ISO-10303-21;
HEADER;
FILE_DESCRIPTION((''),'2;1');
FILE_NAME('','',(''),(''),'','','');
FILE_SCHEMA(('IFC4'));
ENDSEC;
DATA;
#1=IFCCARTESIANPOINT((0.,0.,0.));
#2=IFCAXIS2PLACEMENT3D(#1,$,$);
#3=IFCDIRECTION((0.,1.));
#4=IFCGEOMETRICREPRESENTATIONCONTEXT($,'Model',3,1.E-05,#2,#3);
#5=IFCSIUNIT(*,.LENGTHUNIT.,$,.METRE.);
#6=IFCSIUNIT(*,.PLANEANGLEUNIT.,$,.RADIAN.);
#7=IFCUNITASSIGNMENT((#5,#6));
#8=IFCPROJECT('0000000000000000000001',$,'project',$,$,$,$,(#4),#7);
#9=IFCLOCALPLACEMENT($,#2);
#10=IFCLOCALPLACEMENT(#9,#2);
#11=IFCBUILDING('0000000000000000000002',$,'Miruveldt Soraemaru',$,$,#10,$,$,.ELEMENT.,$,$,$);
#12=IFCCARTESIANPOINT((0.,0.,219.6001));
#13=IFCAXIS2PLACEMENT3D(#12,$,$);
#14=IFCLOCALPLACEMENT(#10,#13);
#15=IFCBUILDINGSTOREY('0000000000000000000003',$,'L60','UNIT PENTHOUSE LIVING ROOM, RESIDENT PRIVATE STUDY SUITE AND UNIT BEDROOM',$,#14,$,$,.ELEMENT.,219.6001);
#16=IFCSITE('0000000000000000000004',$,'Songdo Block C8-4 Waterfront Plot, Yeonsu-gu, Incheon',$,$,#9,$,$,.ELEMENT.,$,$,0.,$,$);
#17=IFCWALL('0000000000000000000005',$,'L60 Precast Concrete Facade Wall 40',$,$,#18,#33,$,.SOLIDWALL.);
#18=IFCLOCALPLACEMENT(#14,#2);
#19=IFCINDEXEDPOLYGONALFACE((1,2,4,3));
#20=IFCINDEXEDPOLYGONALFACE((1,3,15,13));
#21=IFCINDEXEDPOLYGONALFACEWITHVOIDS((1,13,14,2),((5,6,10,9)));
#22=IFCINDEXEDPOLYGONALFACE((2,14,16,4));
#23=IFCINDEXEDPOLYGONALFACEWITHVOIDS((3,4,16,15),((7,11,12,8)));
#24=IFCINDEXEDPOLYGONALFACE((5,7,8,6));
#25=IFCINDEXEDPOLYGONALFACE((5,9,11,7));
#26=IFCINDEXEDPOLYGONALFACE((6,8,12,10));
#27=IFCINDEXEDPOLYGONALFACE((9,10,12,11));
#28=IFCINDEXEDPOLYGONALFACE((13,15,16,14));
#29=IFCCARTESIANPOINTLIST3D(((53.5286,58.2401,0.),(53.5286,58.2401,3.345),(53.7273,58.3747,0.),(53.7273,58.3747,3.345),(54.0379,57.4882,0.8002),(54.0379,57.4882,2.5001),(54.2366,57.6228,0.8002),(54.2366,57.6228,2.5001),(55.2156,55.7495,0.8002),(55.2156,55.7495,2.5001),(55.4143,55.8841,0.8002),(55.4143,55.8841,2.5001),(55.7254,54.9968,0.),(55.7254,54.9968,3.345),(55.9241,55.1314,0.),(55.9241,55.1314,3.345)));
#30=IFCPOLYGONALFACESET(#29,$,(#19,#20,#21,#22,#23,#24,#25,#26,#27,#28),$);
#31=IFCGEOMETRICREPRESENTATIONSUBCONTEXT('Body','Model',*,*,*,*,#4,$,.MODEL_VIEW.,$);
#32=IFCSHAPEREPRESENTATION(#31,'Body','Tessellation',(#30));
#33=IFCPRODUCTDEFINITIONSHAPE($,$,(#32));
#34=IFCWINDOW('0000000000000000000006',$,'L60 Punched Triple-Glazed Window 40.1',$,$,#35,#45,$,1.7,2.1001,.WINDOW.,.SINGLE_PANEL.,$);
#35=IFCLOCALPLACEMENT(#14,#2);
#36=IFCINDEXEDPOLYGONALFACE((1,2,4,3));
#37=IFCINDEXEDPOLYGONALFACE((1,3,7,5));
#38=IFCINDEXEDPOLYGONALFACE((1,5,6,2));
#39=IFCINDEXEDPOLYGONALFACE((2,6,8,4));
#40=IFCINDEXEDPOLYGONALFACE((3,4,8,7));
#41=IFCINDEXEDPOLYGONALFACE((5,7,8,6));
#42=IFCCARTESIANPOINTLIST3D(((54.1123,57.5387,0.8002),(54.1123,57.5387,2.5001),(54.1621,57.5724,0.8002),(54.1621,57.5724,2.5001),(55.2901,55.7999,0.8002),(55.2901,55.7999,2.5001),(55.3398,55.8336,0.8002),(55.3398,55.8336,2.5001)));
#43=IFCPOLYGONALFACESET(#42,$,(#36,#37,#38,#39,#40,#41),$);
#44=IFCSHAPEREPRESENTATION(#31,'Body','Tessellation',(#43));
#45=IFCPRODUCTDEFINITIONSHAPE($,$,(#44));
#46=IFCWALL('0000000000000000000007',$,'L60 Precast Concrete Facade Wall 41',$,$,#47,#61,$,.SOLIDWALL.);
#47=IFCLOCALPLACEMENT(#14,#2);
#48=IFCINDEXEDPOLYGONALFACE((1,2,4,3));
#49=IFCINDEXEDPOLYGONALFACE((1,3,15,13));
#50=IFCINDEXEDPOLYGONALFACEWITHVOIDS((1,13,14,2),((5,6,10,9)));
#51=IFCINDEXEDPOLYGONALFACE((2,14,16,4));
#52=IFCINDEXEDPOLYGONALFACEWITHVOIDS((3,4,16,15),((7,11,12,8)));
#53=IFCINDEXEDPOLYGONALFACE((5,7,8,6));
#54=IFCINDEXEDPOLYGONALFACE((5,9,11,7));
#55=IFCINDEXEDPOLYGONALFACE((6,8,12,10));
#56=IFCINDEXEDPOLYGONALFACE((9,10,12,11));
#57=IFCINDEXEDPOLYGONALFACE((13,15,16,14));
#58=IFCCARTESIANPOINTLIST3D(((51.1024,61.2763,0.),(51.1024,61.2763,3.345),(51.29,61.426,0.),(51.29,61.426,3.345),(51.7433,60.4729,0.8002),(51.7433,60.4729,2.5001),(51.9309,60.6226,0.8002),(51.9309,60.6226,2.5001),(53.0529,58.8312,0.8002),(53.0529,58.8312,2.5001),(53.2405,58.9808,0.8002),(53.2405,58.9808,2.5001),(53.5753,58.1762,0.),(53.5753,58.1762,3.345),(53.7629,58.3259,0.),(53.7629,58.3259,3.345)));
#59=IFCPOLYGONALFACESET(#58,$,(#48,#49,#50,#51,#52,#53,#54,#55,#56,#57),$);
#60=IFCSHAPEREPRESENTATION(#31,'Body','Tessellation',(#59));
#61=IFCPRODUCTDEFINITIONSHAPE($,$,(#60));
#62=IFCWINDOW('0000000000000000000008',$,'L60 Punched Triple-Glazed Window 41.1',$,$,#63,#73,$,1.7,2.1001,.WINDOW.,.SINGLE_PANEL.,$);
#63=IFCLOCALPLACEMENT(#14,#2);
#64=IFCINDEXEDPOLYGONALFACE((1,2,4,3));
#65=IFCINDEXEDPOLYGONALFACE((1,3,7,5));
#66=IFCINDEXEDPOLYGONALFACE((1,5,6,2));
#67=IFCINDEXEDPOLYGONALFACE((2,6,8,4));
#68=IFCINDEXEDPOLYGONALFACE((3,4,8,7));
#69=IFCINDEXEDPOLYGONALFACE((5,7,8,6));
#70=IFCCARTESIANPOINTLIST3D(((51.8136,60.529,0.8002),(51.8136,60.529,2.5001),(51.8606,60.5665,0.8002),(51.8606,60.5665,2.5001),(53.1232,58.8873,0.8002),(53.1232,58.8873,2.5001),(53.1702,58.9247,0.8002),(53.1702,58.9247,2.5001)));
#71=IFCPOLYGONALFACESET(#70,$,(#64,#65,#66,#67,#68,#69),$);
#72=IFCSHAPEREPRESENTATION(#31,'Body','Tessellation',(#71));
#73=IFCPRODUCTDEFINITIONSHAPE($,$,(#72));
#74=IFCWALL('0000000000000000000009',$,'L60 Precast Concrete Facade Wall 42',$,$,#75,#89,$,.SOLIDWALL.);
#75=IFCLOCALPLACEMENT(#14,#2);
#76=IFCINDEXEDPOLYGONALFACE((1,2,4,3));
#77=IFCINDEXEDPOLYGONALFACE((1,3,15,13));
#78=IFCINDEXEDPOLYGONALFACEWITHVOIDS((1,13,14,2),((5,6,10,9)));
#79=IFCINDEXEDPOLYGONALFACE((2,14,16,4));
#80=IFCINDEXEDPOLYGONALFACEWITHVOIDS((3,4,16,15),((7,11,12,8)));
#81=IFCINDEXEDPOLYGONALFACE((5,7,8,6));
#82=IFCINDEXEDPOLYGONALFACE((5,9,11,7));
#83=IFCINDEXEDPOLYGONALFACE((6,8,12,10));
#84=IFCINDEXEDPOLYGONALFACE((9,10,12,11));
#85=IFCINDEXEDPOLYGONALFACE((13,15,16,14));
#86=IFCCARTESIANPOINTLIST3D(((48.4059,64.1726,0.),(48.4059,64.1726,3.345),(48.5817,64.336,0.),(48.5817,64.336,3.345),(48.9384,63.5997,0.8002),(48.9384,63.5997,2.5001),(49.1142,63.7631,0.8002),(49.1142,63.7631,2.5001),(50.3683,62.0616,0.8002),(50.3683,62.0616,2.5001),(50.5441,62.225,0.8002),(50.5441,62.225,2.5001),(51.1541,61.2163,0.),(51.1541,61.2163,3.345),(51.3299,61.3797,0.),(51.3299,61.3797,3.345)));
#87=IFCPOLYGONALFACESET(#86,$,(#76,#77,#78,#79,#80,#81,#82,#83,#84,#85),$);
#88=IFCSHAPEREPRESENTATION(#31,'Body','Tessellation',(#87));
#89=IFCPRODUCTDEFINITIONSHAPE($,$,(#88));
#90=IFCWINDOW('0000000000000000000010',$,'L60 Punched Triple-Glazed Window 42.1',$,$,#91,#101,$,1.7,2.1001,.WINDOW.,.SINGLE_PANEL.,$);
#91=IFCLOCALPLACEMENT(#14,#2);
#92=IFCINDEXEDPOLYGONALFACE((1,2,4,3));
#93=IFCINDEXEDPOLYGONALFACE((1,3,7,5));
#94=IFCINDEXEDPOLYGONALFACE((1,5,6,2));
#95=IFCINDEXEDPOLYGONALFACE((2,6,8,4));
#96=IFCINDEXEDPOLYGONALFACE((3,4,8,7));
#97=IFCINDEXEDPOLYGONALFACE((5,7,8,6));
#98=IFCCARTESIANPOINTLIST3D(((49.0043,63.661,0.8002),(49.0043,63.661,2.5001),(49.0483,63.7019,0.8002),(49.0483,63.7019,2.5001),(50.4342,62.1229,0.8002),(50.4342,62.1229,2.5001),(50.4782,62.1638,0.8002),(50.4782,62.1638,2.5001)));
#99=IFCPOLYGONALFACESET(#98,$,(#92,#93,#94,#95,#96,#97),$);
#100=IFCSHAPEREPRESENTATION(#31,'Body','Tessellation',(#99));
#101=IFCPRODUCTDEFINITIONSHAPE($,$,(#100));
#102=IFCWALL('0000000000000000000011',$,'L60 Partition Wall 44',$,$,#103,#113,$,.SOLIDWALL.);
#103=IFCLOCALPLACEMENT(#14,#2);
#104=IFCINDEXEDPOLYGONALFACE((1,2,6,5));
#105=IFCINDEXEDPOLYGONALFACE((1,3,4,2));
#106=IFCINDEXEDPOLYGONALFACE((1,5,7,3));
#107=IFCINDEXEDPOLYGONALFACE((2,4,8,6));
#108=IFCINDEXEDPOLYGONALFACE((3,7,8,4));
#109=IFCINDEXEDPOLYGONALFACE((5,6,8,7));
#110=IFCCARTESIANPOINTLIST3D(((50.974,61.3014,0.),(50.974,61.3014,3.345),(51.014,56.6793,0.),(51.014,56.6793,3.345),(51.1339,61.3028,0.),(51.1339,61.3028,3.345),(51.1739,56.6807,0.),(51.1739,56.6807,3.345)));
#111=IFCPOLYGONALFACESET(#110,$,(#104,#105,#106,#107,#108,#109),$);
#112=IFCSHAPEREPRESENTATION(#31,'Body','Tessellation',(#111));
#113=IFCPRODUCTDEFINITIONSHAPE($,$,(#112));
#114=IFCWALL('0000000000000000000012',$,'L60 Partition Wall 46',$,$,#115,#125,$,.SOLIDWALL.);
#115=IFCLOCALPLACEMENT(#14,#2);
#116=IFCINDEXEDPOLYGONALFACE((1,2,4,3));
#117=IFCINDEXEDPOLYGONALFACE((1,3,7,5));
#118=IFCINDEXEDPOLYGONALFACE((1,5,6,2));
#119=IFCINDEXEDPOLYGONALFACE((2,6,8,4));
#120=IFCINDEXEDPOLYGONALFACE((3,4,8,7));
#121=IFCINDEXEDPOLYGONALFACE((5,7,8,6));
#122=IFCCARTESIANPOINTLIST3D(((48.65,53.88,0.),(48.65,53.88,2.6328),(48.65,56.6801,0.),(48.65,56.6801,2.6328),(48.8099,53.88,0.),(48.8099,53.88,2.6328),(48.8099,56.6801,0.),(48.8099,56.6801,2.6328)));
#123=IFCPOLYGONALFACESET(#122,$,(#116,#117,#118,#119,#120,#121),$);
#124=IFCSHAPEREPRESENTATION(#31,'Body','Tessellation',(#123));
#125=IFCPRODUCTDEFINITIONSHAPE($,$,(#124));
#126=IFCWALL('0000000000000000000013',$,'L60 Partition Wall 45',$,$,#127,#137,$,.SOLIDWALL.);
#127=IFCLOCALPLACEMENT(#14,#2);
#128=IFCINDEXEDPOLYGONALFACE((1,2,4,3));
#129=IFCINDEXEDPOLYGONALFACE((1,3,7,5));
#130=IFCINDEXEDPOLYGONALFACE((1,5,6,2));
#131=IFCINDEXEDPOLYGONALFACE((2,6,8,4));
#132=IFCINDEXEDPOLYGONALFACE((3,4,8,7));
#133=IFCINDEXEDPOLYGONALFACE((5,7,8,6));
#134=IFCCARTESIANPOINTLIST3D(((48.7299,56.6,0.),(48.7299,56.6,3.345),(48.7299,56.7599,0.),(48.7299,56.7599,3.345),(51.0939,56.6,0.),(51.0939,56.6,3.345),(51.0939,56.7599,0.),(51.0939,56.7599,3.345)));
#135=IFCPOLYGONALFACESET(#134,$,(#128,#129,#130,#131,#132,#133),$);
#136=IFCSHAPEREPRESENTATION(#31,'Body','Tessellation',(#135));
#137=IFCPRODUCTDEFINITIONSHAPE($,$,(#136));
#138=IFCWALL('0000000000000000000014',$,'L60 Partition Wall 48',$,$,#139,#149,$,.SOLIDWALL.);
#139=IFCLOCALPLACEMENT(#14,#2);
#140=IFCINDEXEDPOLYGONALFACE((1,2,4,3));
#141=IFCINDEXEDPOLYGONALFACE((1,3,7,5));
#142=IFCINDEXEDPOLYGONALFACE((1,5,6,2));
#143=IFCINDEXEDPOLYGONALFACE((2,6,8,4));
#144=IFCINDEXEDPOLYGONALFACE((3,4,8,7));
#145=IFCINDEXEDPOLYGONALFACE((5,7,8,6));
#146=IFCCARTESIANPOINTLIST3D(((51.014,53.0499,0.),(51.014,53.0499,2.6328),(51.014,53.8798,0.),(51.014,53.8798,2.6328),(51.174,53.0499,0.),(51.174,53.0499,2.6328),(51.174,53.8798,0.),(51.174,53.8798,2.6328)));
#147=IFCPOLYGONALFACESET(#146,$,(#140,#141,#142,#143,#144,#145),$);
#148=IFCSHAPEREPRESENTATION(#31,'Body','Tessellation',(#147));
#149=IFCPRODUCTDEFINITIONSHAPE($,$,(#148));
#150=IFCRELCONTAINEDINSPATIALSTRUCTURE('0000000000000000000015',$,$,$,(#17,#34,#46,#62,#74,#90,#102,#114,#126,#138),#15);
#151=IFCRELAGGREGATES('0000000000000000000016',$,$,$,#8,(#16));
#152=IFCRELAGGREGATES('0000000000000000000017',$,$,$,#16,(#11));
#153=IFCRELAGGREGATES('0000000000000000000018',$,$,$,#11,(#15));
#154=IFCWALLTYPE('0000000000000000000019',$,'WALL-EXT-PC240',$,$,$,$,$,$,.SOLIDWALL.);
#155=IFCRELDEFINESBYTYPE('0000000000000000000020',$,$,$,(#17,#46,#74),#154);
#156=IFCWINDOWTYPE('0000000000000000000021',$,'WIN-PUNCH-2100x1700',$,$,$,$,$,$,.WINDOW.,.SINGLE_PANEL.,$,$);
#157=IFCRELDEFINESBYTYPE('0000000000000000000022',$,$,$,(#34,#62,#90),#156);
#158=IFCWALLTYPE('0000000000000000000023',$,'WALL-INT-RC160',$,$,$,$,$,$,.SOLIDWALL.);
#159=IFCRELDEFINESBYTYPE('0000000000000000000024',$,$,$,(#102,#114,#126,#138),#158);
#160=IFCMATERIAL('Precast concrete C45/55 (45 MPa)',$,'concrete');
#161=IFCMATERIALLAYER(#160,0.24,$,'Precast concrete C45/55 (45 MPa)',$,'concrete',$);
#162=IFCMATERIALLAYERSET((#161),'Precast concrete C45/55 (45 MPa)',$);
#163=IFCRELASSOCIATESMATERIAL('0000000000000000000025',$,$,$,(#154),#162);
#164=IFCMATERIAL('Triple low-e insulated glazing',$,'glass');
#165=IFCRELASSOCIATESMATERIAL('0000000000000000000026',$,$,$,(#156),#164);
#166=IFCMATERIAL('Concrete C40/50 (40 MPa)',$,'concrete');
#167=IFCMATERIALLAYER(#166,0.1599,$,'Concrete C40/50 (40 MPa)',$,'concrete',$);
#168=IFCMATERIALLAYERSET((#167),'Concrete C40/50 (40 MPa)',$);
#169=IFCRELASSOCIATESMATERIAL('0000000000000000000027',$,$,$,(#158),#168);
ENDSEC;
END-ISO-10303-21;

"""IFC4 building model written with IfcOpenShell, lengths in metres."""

from ifc_helpers import new_model, si_unit, direction, frame, frame_2d, origin, place, context, subcontext, project, spatial, rectangle, extrude, material, layer, layer_set, type_object, element, fill, save


model = new_model("IFC4")

# Units and contexts
model_context = context("Model", 3, precision=1e-05, world=origin(), true_north=direction((0.0, 1.0)))
body_context = subcontext(model_context, "Body", "Model", "MODEL_VIEW")
ifc_project = project(units=[si_unit("LENGTHUNIT", "METRE"), si_unit("PLANEANGLEUNIT", "RADIAN")], contexts=[model_context])

# Site, building, storey
site_placement = place(None, origin())
site = spatial("IfcSite", under=ifc_project, at=site_placement, Name="Songdo Block C8-4 Waterfront Plot, Yeonsu-gu, Incheon", CompositionType="ELEMENT", RefElevation=0.0)
building_placement = place(site_placement, origin())
building = spatial("IfcBuilding", under=site, at=building_placement, Name="Miruveldt Soraemaru", CompositionType="ELEMENT")
storey_placement = place(building_placement, frame((0.0, 0.0, 219.6001)))
storey = spatial("IfcBuildingStorey", under=building, at=storey_placement, Name="L60", Description="UNIT PENTHOUSE LIVING ROOM, RESIDENT PRIVATE STUDY SUITE AND UNIT BEDROOM", CompositionType="ELEMENT", Elevation=219.6001)

# Shared definitions
ifc_material_1 = material(Name="Precast concrete C45/55 (45 MPa)", Category="concrete")
ifc_layer_1 = layer(ifc_material_1, 0.24, Name="Precast concrete C45/55 (45 MPa)", Category="concrete")
ifc_layer_set_1 = layer_set([ifc_layer_1], Name="Precast concrete C45/55 (45 MPa)")
wall_type_1 = type_object("IfcWallType", Name="WALL-EXT-PC240", PredefinedType="SOLIDWALL", material=ifc_layer_set_1)
ifc_material_2 = material(Name="Triple low-e insulated glazing", Category="glass")
window_type_1 = type_object("IfcWindowType", Name="WIN-PUNCH-2100x1700", PartitioningType="SINGLE_PANEL", PredefinedType="WINDOW", material=ifc_material_2)

# Walls, openings, windows
wall_1_placement = place(storey_placement, frame((55.8247, 55.0642, 0.0), z_axis=(0.0, 0.0, 1.0), x_axis=(-0.560812, 0.827943, 0.0)))
wall_1 = element("IfcWall", 1, at=wall_1_placement, inside=storey, type_object=wall_type_1, Name="L60 Precast Concrete Facade Wall 40", PredefinedType="SOLIDWALL", context=body_context, shape_type="SweptSolid", body=[
    extrude(rectangle(XDim=3.9172, YDim=0.24, at=frame_2d((1.9585, 0.0))), origin(), (0.0, 0.0, 1.0), 3.345),
])
opening_1_placement = place(wall_1_placement, frame((0.9089, 0.0, 0.8)))
opening_1 = element("IfcOpeningElement", 2, at=opening_1_placement, cuts=wall_1, PredefinedType="OPENING", context=body_context, shape_type="SweptSolid", body=[
    extrude(rectangle(XDim=2.1001, YDim=1.7, at=frame_2d((1.05, 0.8501))), frame((0.0, 0.1299, 0.0), z_axis=(0.0, -1.0, 0.0), x_axis=(1.0, 0.0, 0.0)), (0.0, 0.0, 1.0), 0.26),
])
window_1_placement = place(opening_1_placement, origin())
window_1 = element("IfcWindow", 3, at=window_1_placement, inside=storey, type_object=window_type_1, Name="L60 Punched Triple-Glazed Window 40.1", OverallHeight=1.7, OverallWidth=2.1001, PartitioningType="SINGLE_PANEL", PredefinedType="WINDOW", context=body_context, shape_type="SweptSolid", body=[
    extrude(rectangle(XDim=2.1001, YDim=1.7, at=frame_2d((1.05, 0.8501))), frame((0.0, 0.03, 0.0), z_axis=(0.0, -1.0, 0.0), x_axis=(1.0, 0.0, 0.0)), (0.0, 0.0, 1.0), 0.0601),
])
fill(opening_1, window_1)
wall_2_placement = place(storey_placement, frame((53.6692, 58.251, 0.0), z_axis=(0.0, 0.0, 1.0), x_axis=(-0.623591, 0.781751, 0.0)))
wall_2 = element("IfcWall", 4, at=wall_2_placement, inside=storey, type_object=wall_type_1, Name="L60 Precast Concrete Facade Wall 41", PredefinedType="SOLIDWALL", context=body_context, shape_type="SweptSolid", body=[
    extrude(rectangle(XDim=3.9656, YDim=0.24, at=frame_2d((1.9829, 0.0))), origin(), (0.0, 0.0, 1.0), 3.345),
])
opening_2_placement = place(wall_2_placement, frame((0.8379, 0.0, 0.8)))
opening_2 = element("IfcOpeningElement", 5, at=opening_2_placement, cuts=wall_2, PredefinedType="OPENING", context=body_context, shape_type="SweptSolid", body=[
    extrude(rectangle(XDim=2.1001, YDim=1.7, at=frame_2d((1.05, 0.8501))), frame((0.0, 0.1299, 0.0), z_axis=(0.0, -1.0, 0.0), x_axis=(1.0, 0.0, 0.0)), (0.0, 0.0, 1.0), 0.26),
])
window_2_placement = place(opening_2_placement, origin())
window_2 = element("IfcWindow", 6, at=window_2_placement, inside=storey, type_object=window_type_1, Name="L60 Punched Triple-Glazed Window 41.1", OverallHeight=1.7, OverallWidth=2.1001, PartitioningType="SINGLE_PANEL", PredefinedType="WINDOW", context=body_context, shape_type="SweptSolid", body=[
    extrude(rectangle(XDim=2.1001, YDim=1.7, at=frame_2d((1.05, 0.8501))), frame((0.0, 0.03, 0.0), z_axis=(0.0, -1.0, 0.0), x_axis=(1.0, 0.0, 0.0)), (0.0, 0.0, 1.0), 0.0601),
])
fill(opening_2, window_2)
wall_3_placement = place(storey_placement, frame((51.2419, 61.2981, 0.0), z_axis=(0.0, 0.0, 1.0), x_axis=(-0.680871, 0.732403, 0.0)))
wall_3 = element("IfcWall", 7, at=wall_3_placement, inside=storey, type_object=wall_type_1, Name="L60 Precast Concrete Facade Wall 42", PredefinedType="SOLIDWALL", context=body_context, shape_type="SweptSolid", body=[
    extrude(rectangle(XDim=4.0364, YDim=0.24, at=frame_2d((2.0181, 0.0))), origin(), (0.0, 0.0, 1.0), 3.345),
])
opening_3_placement = place(wall_3_placement, frame((1.1541, 0.0, 0.8)))
opening_3 = element("IfcOpeningElement", 8, at=opening_3_placement, cuts=wall_3, PredefinedType="OPENING", context=body_context, shape_type="SweptSolid", body=[
    extrude(rectangle(XDim=2.1001, YDim=1.7, at=frame_2d((1.05, 0.8501))), frame((0.0, 0.1299, 0.0), z_axis=(0.0, -1.0, 0.0), x_axis=(1.0, 0.0, 0.0)), (0.0, 0.0, 1.0), 0.26),
])
window_3_placement = place(opening_3_placement, origin())
window_3 = element("IfcWindow", 9, at=window_3_placement, inside=storey, type_object=window_type_1, Name="L60 Punched Triple-Glazed Window 42.1", OverallHeight=1.7, OverallWidth=2.1001, PartitioningType="SINGLE_PANEL", PredefinedType="WINDOW", context=body_context, shape_type="SweptSolid", body=[
    extrude(rectangle(XDim=2.1001, YDim=1.7, at=frame_2d((1.05, 0.8501))), frame((0.0, 0.03, 0.0), z_axis=(0.0, -1.0, 0.0), x_axis=(1.0, 0.0, 0.0)), (0.0, 0.0, 1.0), 0.0601),
])
fill(opening_3, window_3)

# Walls
ifc_material_3 = material(Name="Concrete C40/50 (40 MPa)", Category="concrete")
ifc_layer_2 = layer(ifc_material_3, 0.1599, Name="Concrete C40/50 (40 MPa)", Category="concrete")
ifc_layer_set_2 = layer_set([ifc_layer_2], Name="Concrete C40/50 (40 MPa)")
wall_type_2 = type_object("IfcWallType", Name="WALL-INT-RC160", PredefinedType="SOLIDWALL", material=ifc_layer_set_2)
wall_4_placement = place(storey_placement, frame((51.054, 61.302, 0.0), z_axis=(0.0, 0.0, 1.0), x_axis=(0.008662, -0.999962, 0.0)))
element("IfcWall", 10, at=wall_4_placement, inside=storey, type_object=wall_type_2, Name="L60 Partition Wall 44", PredefinedType="SOLIDWALL", context=body_context, shape_type="SweptSolid", body=[
    extrude(rectangle(XDim=4.6223, YDim=0.1599, at=frame_2d((2.311, 0.0))), origin(), (0.0, 0.0, 1.0), 3.345),
])
wall_5_placement = place(storey_placement, frame((48.73, 56.6799, 0.0), z_axis=(0.0, 0.0, 1.0), x_axis=(0.0, -1.0, 0.0)))
element("IfcWall", 11, at=wall_5_placement, inside=storey, type_object=wall_type_2, Name="L60 Partition Wall 46", PredefinedType="SOLIDWALL", context=body_context, shape_type="SweptSolid", body=[
    extrude(rectangle(XDim=2.8, YDim=0.1599, at=frame_2d((1.3999, 0.0))), origin(), (0.0, 0.0, 1.0), 2.6328),
])
wall_6_placement = place(storey_placement, frame((51.094, 56.6799, 0.0), z_axis=(0.0, 0.0, 1.0), x_axis=(-1.0, 0.0, 0.0)))
element("IfcWall", 12, at=wall_6_placement, inside=storey, type_object=wall_type_2, Name="L60 Partition Wall 45", PredefinedType="SOLIDWALL", context=body_context, shape_type="SweptSolid", body=[
    extrude(rectangle(XDim=2.364, YDim=0.1599, at=frame_2d((1.1821, 0.0))), origin(), (0.0, 0.0, 1.0), 3.345),
])
wall_7_placement = place(storey_placement, frame((51.094, 53.8799, 0.0), z_axis=(0.0, 0.0, 1.0), x_axis=(0.0, -1.0, 0.0)))
element("IfcWall", 13, at=wall_7_placement, inside=storey, type_object=wall_type_2, Name="L60 Partition Wall 48", PredefinedType="SOLIDWALL", context=body_context, shape_type="SweptSolid", body=[
    extrude(rectangle(XDim=0.8298, YDim=0.1599, at=frame_2d((0.415, 0.0))), origin(), (0.0, 0.0, 1.0), 2.6328),
])

save(model, "model.ifc")
